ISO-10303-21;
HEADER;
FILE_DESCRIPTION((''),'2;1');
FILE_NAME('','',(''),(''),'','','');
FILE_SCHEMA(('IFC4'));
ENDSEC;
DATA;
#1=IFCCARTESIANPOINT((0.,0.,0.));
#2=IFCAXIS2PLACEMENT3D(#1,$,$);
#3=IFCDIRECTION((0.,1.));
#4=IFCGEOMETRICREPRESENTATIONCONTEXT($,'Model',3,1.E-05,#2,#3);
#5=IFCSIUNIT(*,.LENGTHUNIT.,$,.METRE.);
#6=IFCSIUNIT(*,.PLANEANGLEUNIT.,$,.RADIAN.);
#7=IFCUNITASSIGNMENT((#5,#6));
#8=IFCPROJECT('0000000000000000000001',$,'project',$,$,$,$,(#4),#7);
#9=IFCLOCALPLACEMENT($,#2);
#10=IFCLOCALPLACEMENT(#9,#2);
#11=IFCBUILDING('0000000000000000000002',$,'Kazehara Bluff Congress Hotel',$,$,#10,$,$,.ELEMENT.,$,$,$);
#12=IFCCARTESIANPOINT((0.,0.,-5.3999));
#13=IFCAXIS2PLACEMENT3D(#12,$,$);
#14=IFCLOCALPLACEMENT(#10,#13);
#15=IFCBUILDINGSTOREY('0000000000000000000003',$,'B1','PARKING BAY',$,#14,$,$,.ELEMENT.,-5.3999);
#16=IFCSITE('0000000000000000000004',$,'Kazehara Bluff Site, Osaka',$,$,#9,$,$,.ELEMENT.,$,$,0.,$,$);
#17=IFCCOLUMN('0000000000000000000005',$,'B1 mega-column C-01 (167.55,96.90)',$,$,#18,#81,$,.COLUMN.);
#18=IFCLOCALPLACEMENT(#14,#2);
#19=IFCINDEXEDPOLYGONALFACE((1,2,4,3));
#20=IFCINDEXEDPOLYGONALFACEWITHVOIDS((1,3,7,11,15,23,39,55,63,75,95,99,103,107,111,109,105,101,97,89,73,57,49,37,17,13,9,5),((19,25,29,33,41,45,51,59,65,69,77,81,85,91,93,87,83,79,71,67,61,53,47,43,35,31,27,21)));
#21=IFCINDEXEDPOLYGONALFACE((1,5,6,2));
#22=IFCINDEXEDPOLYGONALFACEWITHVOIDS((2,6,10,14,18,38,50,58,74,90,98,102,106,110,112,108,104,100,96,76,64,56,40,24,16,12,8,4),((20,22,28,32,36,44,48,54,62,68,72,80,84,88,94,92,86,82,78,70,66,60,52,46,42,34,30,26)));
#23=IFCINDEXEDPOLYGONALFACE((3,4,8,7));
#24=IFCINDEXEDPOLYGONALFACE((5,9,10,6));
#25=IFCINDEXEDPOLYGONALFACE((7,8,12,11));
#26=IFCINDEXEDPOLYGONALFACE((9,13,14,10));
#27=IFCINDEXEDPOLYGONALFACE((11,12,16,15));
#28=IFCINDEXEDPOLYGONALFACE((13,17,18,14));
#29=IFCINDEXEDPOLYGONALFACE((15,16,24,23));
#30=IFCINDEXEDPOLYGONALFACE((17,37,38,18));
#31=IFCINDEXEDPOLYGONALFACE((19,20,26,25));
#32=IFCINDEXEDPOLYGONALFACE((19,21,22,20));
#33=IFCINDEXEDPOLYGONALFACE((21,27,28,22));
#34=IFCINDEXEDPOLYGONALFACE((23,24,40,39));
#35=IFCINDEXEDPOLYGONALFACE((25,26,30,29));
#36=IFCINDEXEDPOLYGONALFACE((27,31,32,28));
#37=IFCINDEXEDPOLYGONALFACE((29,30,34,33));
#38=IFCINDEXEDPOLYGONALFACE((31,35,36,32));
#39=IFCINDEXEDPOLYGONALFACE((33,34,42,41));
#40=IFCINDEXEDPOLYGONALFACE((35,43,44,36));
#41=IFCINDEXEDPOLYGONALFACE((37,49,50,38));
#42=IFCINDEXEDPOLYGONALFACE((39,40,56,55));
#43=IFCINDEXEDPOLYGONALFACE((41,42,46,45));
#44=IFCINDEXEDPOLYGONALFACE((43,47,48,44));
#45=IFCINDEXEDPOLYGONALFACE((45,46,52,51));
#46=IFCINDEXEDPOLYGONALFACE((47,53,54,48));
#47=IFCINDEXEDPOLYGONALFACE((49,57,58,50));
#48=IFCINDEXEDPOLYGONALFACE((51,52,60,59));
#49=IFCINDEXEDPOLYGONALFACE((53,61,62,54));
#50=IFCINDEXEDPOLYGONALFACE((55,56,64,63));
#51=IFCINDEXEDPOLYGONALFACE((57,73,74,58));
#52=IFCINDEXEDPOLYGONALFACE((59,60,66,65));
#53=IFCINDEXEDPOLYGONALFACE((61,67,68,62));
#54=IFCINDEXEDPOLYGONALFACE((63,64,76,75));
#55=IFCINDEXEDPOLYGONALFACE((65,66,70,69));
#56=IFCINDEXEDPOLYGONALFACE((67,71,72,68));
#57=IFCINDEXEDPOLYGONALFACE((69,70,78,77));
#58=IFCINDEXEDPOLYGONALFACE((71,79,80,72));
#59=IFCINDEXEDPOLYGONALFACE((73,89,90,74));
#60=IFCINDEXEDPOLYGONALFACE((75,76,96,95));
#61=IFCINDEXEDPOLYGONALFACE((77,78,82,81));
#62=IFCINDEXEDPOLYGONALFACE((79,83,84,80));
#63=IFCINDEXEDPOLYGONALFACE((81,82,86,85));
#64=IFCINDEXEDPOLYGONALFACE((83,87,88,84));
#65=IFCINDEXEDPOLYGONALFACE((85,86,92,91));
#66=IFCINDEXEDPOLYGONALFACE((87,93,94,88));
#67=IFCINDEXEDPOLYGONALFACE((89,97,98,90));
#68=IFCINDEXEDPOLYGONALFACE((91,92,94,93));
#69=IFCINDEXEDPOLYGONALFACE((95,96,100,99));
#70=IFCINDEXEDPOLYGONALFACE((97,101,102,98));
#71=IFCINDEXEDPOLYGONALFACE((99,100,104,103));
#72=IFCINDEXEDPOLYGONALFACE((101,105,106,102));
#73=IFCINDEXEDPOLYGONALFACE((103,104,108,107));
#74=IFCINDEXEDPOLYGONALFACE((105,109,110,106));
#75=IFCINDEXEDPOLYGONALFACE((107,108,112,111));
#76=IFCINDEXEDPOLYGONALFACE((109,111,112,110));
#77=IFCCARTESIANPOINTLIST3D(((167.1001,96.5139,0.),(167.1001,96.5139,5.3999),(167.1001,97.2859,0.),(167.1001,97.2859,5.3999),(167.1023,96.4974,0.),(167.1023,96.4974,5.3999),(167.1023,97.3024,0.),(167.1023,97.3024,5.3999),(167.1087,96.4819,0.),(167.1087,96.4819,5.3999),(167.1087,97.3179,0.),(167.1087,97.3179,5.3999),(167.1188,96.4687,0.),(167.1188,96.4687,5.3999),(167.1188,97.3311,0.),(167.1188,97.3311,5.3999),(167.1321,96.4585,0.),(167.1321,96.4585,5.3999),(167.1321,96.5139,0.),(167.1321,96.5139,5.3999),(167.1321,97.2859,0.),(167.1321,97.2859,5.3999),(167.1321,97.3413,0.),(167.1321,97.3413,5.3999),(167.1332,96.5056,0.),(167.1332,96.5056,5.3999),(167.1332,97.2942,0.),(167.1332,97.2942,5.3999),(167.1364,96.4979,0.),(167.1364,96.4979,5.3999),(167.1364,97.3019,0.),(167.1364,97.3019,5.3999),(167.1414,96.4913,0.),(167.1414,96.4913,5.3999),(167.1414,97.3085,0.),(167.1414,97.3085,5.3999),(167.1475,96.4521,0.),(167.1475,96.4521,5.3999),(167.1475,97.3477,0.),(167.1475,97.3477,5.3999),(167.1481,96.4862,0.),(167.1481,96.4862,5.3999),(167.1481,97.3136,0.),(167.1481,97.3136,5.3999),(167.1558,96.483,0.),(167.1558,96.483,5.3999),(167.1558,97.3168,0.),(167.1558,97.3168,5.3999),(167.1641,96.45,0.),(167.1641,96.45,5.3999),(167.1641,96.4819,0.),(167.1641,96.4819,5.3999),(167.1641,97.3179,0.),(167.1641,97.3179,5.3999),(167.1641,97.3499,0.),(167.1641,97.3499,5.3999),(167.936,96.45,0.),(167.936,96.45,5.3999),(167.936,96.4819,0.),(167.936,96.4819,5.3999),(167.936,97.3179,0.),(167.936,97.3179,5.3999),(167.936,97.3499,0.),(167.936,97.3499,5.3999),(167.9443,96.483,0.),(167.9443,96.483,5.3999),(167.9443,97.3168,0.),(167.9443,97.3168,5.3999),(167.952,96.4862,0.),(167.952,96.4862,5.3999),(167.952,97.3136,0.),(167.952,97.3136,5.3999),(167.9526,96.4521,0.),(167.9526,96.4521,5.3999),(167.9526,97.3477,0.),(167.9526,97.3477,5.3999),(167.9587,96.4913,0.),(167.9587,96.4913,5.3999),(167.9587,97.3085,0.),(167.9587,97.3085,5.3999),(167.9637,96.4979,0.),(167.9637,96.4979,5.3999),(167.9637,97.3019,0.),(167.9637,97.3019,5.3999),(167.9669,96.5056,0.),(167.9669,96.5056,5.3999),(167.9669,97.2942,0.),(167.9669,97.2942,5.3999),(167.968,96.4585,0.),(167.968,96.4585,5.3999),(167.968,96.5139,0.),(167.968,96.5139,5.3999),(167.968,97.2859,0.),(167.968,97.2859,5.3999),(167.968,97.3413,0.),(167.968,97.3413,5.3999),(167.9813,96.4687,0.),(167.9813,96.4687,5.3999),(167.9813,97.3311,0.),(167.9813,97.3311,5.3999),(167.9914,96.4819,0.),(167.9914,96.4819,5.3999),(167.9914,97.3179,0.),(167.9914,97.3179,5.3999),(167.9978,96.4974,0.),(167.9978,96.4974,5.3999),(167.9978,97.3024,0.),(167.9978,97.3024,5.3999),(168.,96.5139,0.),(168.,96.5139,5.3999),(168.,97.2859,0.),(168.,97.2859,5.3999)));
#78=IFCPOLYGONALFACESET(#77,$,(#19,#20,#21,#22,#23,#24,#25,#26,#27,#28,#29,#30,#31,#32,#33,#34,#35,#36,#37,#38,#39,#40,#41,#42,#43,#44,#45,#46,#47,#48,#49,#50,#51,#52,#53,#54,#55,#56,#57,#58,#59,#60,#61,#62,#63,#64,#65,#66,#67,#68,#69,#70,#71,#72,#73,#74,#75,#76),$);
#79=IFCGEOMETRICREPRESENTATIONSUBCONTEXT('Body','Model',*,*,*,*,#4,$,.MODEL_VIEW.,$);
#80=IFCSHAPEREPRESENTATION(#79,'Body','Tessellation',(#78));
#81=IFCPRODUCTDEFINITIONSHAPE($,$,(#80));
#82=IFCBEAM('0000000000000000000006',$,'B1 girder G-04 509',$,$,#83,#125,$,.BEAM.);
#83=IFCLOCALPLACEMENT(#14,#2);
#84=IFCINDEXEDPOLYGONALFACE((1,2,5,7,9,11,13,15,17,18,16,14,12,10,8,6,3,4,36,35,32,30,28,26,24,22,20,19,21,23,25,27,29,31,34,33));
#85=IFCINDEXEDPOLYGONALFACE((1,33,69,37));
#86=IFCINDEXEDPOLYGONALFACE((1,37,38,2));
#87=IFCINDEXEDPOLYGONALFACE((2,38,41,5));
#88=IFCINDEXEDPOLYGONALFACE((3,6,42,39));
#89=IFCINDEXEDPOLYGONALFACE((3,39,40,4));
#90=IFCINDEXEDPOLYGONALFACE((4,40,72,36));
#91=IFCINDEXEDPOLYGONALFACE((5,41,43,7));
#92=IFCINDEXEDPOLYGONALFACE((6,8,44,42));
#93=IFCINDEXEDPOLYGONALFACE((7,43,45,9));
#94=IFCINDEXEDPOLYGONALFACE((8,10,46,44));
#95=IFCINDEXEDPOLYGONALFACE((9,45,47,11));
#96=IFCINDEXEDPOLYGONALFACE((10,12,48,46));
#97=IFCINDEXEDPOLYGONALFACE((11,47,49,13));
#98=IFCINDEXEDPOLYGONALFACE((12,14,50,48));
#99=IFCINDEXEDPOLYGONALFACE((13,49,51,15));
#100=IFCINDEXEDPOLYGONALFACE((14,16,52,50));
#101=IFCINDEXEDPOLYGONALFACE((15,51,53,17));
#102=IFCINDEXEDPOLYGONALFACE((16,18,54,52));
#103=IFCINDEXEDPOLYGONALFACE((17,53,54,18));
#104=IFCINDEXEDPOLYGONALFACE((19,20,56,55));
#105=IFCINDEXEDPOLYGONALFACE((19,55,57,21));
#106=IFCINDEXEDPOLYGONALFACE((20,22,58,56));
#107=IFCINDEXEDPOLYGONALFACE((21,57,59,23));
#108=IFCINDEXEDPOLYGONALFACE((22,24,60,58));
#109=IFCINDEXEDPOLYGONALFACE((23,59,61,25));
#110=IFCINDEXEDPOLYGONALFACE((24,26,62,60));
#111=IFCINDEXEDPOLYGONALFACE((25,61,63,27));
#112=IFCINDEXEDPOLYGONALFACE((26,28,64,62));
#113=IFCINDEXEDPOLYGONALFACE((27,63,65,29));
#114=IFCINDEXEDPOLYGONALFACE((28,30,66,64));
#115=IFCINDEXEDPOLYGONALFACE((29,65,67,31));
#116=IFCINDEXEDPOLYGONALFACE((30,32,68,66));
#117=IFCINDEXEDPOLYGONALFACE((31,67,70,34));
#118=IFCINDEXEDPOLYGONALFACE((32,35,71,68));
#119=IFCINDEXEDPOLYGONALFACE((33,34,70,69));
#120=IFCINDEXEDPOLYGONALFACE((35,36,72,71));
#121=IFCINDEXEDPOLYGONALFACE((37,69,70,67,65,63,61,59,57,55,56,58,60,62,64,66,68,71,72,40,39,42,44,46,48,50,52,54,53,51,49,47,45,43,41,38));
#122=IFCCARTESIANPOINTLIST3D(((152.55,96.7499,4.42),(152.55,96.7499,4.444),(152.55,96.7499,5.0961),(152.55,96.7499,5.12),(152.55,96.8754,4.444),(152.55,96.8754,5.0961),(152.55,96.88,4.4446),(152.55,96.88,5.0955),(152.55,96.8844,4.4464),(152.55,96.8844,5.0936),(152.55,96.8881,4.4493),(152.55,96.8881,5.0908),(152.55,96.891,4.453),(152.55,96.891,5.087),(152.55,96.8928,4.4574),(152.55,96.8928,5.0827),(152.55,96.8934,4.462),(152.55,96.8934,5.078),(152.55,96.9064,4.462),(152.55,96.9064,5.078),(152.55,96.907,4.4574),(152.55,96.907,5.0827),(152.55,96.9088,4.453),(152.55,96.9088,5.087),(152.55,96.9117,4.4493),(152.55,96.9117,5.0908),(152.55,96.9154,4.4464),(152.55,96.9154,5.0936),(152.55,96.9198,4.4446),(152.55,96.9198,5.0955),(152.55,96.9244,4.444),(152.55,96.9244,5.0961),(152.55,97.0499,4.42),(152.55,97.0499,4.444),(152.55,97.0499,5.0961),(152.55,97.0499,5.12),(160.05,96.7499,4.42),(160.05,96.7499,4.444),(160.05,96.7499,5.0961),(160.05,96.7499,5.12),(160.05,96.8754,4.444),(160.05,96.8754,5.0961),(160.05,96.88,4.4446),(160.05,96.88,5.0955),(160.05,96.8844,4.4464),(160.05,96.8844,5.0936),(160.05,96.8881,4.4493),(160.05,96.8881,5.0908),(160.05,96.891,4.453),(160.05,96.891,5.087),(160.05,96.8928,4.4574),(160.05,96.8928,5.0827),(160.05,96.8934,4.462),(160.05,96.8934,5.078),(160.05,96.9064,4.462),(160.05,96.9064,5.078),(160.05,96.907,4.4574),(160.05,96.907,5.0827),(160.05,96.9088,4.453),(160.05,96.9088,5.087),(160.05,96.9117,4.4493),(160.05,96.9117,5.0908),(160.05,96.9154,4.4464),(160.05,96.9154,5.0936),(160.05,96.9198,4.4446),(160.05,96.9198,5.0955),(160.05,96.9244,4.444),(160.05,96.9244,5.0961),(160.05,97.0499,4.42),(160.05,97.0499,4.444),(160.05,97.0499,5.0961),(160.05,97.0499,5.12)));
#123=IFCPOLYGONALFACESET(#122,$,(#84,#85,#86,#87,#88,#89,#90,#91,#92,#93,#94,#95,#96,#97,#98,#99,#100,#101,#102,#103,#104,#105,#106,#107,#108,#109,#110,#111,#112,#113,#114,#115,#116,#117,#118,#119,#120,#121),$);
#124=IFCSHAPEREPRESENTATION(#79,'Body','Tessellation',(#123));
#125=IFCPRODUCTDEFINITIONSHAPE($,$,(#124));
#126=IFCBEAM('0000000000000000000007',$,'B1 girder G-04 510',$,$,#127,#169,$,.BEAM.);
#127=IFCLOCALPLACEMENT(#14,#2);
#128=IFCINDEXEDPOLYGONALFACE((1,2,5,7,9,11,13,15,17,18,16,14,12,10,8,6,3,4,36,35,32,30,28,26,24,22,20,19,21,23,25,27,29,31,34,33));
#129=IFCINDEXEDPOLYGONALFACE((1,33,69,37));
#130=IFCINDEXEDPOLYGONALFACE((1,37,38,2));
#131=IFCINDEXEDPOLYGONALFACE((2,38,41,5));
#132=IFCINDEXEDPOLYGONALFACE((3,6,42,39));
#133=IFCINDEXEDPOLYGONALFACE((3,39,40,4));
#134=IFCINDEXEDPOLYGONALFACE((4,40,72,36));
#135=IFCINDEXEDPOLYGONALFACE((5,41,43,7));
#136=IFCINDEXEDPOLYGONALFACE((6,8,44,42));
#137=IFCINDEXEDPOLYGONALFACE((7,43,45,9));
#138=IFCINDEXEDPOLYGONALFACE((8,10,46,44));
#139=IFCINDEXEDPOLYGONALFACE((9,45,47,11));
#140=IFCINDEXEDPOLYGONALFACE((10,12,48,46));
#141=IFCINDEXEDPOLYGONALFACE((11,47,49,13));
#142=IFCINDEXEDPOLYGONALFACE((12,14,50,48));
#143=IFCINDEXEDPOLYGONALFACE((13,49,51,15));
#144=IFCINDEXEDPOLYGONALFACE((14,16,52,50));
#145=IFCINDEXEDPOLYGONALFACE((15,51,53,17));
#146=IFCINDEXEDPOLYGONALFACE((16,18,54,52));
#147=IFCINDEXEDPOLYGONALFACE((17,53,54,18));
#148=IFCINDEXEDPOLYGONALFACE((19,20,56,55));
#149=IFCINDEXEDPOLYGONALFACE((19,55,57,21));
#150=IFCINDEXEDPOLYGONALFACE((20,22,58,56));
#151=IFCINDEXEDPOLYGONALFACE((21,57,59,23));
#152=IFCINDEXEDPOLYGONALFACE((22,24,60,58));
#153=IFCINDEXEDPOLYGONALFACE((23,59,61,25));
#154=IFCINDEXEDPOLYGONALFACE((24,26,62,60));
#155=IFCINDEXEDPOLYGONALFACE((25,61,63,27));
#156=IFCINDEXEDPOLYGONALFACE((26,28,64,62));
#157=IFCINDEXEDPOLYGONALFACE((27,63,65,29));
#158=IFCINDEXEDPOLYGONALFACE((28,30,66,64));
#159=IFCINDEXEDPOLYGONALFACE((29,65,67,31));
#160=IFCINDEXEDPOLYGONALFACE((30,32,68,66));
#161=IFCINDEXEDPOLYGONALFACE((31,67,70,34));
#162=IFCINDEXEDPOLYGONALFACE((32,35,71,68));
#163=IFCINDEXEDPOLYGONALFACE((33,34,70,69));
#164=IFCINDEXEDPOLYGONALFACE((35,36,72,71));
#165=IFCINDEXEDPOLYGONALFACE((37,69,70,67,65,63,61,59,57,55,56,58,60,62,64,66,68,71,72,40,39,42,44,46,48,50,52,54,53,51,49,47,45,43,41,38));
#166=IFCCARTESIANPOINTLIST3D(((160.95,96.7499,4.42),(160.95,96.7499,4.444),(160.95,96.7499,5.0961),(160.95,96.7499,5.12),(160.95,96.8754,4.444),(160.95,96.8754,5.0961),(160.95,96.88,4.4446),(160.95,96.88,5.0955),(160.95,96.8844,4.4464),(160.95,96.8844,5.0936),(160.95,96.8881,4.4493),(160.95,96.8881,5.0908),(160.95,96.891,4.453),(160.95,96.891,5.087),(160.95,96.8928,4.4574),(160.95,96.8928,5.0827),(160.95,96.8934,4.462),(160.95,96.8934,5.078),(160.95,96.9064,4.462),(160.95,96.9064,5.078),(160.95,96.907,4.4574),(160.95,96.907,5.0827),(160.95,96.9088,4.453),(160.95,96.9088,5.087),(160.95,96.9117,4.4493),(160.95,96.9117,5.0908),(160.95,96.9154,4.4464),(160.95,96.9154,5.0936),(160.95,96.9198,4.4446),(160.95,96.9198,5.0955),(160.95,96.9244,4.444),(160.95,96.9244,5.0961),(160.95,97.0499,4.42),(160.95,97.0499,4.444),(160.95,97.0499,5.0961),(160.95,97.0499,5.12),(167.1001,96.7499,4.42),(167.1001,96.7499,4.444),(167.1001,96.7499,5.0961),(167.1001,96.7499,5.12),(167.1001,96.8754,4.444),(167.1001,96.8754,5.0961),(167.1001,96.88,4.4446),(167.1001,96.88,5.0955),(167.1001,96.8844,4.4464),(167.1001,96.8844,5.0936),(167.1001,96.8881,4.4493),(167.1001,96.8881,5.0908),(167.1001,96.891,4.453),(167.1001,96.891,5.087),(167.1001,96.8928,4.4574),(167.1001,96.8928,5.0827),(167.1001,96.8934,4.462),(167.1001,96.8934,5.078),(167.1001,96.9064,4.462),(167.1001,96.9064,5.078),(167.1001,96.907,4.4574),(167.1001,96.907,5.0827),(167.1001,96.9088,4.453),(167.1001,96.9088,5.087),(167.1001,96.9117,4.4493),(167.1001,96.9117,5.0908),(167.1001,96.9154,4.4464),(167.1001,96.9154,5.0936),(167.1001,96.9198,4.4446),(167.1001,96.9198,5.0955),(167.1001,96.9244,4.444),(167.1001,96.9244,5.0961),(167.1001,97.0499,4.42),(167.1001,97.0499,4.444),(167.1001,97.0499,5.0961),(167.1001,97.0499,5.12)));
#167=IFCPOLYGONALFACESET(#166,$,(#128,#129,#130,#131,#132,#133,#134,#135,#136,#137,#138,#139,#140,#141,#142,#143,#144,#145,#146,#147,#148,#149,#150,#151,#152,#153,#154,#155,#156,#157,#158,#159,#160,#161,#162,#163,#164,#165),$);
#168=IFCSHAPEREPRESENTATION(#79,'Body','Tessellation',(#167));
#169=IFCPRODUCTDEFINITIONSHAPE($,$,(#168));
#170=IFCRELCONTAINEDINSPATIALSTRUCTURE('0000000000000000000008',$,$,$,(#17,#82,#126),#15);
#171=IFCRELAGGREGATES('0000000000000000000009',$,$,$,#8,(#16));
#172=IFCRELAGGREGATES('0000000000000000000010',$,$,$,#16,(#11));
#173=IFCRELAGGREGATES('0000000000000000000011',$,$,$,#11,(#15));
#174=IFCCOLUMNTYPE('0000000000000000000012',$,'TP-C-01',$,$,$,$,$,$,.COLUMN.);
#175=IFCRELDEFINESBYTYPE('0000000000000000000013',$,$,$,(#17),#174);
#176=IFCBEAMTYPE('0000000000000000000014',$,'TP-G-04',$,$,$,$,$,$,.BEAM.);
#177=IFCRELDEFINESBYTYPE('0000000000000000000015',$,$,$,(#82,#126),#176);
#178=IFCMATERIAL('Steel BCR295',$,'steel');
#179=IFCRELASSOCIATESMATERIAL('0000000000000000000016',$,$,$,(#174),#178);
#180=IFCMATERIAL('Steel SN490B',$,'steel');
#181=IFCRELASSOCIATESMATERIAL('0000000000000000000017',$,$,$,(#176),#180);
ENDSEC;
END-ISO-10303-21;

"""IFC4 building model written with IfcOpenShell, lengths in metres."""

from ifc_helpers import new_model, si_unit, direction, frame, origin, origin_2d, place, context, subcontext, project, spatial, hollow_rectangle, i_section, extrude, material, material_profile, profile_set, type_object, element, save


model = new_model("IFC4")

# Units and contexts
model_context = context("Model", 3, precision=1e-05, world=origin(), true_north=direction((0.0, 1.0)))
body_context = subcontext(model_context, "Body", "Model", "MODEL_VIEW")
ifc_project = project(units=[si_unit("LENGTHUNIT", "METRE"), si_unit("PLANEANGLEUNIT", "RADIAN")], contexts=[model_context])

# Site, building, storey
site_placement = place(None, origin())
site = spatial("IfcSite", under=ifc_project, at=site_placement, Name="Kazehara Bluff Site, Osaka", CompositionType="ELEMENT", RefElevation=0.0)
building_placement = place(site_placement, origin())
building = spatial("IfcBuilding", under=site, at=building_placement, Name="Kazehara Bluff Congress Hotel", CompositionType="ELEMENT")
storey_placement = place(building_placement, frame((0.0, 0.0, -5.3999)))
storey = spatial("IfcBuildingStorey", under=building, at=storey_placement, Name="B1", Description="PARKING BAY", CompositionType="ELEMENT", Elevation=-5.3999)

# Column
ifc_material_1 = material(Name="Steel BCR295", Category="steel")
ifc_material_profile_1 = material_profile(ifc_material_1, hollow_rectangle(XDim=0.8999, YDim=0.8999, WallThickness=0.032, InnerFilletRadius=0.032, OuterFilletRadius=0.064, at=origin_2d()))
ifc_profile_set_1 = profile_set([ifc_material_profile_1], Name="Steel BCR295")
column_type = type_object("IfcColumnType", Name="TP-C-01", PredefinedType="COLUMN", material=ifc_profile_set_1)
for number, where, z_axis, x_axis, name in (
    (1, (167.55, 96.8999, 0.0), (0.0, 0.0, 1.0), (1.0, 0.0, 0.0), "B1 mega-column C-01 (167.55,96.90)"),
):
    element("IfcColumn", number, at=place(storey_placement, frame(where, z_axis=z_axis, x_axis=x_axis)), inside=storey, type_object=column_type, Name=name, PredefinedType="COLUMN", context=body_context, shape_type="SweptSolid", body=[
        extrude(hollow_rectangle(XDim=0.8999, YDim=0.8999, WallThickness=0.032, InnerFilletRadius=0.032, OuterFilletRadius=0.064, at=origin_2d()), origin(), (0.0, 0.0, 1.0), 5.3999),
    ])

# Beams
ifc_material_2 = material(Name="Steel SN490B", Category="steel")
ifc_material_profile_2 = material_profile(ifc_material_2, i_section(OverallWidth=0.3, OverallDepth=0.7, WebThickness=0.0129, FlangeThickness=0.0239, FilletRadius=0.0181, at=origin_2d()))
ifc_profile_set_2 = profile_set([ifc_material_profile_2], Name="Steel SN490B")
beam_type_1 = type_object("IfcBeamType", Name="TP-G-04", PredefinedType="BEAM", material=ifc_profile_set_2)
beam_1_placement = place(storey_placement, frame((152.55, 96.8999, 4.77), z_axis=(1.0, 0.0, 0.0), x_axis=(0.0, 1.0, 0.0)))
element("IfcBeam", 2, at=beam_1_placement, inside=storey, type_object=beam_type_1, Name="B1 girder G-04 509", PredefinedType="BEAM", context=body_context, shape_type="SweptSolid", body=[
    extrude(i_section(OverallWidth=0.3, OverallDepth=0.7, WebThickness=0.0129, FlangeThickness=0.0239, FilletRadius=0.0181, at=origin_2d()), origin(), (0.0, 0.0, 1.0), 7.5),
])
beam_2_placement = place(storey_placement, frame((160.95, 96.8999, 4.77), z_axis=(1.0, 0.0, 0.0), x_axis=(0.0, 1.0, 0.0)))
element("IfcBeam", 3, at=beam_2_placement, inside=storey, type_object=beam_type_1, Name="B1 girder G-04 510", PredefinedType="BEAM", context=body_context, shape_type="SweptSolid", body=[
    extrude(i_section(OverallWidth=0.3, OverallDepth=0.7, WebThickness=0.0129, FlangeThickness=0.0239, FilletRadius=0.0181, at=origin_2d()), origin(), (0.0, 0.0, 1.0), 6.1501),
])

save(model, "model.ifc")
